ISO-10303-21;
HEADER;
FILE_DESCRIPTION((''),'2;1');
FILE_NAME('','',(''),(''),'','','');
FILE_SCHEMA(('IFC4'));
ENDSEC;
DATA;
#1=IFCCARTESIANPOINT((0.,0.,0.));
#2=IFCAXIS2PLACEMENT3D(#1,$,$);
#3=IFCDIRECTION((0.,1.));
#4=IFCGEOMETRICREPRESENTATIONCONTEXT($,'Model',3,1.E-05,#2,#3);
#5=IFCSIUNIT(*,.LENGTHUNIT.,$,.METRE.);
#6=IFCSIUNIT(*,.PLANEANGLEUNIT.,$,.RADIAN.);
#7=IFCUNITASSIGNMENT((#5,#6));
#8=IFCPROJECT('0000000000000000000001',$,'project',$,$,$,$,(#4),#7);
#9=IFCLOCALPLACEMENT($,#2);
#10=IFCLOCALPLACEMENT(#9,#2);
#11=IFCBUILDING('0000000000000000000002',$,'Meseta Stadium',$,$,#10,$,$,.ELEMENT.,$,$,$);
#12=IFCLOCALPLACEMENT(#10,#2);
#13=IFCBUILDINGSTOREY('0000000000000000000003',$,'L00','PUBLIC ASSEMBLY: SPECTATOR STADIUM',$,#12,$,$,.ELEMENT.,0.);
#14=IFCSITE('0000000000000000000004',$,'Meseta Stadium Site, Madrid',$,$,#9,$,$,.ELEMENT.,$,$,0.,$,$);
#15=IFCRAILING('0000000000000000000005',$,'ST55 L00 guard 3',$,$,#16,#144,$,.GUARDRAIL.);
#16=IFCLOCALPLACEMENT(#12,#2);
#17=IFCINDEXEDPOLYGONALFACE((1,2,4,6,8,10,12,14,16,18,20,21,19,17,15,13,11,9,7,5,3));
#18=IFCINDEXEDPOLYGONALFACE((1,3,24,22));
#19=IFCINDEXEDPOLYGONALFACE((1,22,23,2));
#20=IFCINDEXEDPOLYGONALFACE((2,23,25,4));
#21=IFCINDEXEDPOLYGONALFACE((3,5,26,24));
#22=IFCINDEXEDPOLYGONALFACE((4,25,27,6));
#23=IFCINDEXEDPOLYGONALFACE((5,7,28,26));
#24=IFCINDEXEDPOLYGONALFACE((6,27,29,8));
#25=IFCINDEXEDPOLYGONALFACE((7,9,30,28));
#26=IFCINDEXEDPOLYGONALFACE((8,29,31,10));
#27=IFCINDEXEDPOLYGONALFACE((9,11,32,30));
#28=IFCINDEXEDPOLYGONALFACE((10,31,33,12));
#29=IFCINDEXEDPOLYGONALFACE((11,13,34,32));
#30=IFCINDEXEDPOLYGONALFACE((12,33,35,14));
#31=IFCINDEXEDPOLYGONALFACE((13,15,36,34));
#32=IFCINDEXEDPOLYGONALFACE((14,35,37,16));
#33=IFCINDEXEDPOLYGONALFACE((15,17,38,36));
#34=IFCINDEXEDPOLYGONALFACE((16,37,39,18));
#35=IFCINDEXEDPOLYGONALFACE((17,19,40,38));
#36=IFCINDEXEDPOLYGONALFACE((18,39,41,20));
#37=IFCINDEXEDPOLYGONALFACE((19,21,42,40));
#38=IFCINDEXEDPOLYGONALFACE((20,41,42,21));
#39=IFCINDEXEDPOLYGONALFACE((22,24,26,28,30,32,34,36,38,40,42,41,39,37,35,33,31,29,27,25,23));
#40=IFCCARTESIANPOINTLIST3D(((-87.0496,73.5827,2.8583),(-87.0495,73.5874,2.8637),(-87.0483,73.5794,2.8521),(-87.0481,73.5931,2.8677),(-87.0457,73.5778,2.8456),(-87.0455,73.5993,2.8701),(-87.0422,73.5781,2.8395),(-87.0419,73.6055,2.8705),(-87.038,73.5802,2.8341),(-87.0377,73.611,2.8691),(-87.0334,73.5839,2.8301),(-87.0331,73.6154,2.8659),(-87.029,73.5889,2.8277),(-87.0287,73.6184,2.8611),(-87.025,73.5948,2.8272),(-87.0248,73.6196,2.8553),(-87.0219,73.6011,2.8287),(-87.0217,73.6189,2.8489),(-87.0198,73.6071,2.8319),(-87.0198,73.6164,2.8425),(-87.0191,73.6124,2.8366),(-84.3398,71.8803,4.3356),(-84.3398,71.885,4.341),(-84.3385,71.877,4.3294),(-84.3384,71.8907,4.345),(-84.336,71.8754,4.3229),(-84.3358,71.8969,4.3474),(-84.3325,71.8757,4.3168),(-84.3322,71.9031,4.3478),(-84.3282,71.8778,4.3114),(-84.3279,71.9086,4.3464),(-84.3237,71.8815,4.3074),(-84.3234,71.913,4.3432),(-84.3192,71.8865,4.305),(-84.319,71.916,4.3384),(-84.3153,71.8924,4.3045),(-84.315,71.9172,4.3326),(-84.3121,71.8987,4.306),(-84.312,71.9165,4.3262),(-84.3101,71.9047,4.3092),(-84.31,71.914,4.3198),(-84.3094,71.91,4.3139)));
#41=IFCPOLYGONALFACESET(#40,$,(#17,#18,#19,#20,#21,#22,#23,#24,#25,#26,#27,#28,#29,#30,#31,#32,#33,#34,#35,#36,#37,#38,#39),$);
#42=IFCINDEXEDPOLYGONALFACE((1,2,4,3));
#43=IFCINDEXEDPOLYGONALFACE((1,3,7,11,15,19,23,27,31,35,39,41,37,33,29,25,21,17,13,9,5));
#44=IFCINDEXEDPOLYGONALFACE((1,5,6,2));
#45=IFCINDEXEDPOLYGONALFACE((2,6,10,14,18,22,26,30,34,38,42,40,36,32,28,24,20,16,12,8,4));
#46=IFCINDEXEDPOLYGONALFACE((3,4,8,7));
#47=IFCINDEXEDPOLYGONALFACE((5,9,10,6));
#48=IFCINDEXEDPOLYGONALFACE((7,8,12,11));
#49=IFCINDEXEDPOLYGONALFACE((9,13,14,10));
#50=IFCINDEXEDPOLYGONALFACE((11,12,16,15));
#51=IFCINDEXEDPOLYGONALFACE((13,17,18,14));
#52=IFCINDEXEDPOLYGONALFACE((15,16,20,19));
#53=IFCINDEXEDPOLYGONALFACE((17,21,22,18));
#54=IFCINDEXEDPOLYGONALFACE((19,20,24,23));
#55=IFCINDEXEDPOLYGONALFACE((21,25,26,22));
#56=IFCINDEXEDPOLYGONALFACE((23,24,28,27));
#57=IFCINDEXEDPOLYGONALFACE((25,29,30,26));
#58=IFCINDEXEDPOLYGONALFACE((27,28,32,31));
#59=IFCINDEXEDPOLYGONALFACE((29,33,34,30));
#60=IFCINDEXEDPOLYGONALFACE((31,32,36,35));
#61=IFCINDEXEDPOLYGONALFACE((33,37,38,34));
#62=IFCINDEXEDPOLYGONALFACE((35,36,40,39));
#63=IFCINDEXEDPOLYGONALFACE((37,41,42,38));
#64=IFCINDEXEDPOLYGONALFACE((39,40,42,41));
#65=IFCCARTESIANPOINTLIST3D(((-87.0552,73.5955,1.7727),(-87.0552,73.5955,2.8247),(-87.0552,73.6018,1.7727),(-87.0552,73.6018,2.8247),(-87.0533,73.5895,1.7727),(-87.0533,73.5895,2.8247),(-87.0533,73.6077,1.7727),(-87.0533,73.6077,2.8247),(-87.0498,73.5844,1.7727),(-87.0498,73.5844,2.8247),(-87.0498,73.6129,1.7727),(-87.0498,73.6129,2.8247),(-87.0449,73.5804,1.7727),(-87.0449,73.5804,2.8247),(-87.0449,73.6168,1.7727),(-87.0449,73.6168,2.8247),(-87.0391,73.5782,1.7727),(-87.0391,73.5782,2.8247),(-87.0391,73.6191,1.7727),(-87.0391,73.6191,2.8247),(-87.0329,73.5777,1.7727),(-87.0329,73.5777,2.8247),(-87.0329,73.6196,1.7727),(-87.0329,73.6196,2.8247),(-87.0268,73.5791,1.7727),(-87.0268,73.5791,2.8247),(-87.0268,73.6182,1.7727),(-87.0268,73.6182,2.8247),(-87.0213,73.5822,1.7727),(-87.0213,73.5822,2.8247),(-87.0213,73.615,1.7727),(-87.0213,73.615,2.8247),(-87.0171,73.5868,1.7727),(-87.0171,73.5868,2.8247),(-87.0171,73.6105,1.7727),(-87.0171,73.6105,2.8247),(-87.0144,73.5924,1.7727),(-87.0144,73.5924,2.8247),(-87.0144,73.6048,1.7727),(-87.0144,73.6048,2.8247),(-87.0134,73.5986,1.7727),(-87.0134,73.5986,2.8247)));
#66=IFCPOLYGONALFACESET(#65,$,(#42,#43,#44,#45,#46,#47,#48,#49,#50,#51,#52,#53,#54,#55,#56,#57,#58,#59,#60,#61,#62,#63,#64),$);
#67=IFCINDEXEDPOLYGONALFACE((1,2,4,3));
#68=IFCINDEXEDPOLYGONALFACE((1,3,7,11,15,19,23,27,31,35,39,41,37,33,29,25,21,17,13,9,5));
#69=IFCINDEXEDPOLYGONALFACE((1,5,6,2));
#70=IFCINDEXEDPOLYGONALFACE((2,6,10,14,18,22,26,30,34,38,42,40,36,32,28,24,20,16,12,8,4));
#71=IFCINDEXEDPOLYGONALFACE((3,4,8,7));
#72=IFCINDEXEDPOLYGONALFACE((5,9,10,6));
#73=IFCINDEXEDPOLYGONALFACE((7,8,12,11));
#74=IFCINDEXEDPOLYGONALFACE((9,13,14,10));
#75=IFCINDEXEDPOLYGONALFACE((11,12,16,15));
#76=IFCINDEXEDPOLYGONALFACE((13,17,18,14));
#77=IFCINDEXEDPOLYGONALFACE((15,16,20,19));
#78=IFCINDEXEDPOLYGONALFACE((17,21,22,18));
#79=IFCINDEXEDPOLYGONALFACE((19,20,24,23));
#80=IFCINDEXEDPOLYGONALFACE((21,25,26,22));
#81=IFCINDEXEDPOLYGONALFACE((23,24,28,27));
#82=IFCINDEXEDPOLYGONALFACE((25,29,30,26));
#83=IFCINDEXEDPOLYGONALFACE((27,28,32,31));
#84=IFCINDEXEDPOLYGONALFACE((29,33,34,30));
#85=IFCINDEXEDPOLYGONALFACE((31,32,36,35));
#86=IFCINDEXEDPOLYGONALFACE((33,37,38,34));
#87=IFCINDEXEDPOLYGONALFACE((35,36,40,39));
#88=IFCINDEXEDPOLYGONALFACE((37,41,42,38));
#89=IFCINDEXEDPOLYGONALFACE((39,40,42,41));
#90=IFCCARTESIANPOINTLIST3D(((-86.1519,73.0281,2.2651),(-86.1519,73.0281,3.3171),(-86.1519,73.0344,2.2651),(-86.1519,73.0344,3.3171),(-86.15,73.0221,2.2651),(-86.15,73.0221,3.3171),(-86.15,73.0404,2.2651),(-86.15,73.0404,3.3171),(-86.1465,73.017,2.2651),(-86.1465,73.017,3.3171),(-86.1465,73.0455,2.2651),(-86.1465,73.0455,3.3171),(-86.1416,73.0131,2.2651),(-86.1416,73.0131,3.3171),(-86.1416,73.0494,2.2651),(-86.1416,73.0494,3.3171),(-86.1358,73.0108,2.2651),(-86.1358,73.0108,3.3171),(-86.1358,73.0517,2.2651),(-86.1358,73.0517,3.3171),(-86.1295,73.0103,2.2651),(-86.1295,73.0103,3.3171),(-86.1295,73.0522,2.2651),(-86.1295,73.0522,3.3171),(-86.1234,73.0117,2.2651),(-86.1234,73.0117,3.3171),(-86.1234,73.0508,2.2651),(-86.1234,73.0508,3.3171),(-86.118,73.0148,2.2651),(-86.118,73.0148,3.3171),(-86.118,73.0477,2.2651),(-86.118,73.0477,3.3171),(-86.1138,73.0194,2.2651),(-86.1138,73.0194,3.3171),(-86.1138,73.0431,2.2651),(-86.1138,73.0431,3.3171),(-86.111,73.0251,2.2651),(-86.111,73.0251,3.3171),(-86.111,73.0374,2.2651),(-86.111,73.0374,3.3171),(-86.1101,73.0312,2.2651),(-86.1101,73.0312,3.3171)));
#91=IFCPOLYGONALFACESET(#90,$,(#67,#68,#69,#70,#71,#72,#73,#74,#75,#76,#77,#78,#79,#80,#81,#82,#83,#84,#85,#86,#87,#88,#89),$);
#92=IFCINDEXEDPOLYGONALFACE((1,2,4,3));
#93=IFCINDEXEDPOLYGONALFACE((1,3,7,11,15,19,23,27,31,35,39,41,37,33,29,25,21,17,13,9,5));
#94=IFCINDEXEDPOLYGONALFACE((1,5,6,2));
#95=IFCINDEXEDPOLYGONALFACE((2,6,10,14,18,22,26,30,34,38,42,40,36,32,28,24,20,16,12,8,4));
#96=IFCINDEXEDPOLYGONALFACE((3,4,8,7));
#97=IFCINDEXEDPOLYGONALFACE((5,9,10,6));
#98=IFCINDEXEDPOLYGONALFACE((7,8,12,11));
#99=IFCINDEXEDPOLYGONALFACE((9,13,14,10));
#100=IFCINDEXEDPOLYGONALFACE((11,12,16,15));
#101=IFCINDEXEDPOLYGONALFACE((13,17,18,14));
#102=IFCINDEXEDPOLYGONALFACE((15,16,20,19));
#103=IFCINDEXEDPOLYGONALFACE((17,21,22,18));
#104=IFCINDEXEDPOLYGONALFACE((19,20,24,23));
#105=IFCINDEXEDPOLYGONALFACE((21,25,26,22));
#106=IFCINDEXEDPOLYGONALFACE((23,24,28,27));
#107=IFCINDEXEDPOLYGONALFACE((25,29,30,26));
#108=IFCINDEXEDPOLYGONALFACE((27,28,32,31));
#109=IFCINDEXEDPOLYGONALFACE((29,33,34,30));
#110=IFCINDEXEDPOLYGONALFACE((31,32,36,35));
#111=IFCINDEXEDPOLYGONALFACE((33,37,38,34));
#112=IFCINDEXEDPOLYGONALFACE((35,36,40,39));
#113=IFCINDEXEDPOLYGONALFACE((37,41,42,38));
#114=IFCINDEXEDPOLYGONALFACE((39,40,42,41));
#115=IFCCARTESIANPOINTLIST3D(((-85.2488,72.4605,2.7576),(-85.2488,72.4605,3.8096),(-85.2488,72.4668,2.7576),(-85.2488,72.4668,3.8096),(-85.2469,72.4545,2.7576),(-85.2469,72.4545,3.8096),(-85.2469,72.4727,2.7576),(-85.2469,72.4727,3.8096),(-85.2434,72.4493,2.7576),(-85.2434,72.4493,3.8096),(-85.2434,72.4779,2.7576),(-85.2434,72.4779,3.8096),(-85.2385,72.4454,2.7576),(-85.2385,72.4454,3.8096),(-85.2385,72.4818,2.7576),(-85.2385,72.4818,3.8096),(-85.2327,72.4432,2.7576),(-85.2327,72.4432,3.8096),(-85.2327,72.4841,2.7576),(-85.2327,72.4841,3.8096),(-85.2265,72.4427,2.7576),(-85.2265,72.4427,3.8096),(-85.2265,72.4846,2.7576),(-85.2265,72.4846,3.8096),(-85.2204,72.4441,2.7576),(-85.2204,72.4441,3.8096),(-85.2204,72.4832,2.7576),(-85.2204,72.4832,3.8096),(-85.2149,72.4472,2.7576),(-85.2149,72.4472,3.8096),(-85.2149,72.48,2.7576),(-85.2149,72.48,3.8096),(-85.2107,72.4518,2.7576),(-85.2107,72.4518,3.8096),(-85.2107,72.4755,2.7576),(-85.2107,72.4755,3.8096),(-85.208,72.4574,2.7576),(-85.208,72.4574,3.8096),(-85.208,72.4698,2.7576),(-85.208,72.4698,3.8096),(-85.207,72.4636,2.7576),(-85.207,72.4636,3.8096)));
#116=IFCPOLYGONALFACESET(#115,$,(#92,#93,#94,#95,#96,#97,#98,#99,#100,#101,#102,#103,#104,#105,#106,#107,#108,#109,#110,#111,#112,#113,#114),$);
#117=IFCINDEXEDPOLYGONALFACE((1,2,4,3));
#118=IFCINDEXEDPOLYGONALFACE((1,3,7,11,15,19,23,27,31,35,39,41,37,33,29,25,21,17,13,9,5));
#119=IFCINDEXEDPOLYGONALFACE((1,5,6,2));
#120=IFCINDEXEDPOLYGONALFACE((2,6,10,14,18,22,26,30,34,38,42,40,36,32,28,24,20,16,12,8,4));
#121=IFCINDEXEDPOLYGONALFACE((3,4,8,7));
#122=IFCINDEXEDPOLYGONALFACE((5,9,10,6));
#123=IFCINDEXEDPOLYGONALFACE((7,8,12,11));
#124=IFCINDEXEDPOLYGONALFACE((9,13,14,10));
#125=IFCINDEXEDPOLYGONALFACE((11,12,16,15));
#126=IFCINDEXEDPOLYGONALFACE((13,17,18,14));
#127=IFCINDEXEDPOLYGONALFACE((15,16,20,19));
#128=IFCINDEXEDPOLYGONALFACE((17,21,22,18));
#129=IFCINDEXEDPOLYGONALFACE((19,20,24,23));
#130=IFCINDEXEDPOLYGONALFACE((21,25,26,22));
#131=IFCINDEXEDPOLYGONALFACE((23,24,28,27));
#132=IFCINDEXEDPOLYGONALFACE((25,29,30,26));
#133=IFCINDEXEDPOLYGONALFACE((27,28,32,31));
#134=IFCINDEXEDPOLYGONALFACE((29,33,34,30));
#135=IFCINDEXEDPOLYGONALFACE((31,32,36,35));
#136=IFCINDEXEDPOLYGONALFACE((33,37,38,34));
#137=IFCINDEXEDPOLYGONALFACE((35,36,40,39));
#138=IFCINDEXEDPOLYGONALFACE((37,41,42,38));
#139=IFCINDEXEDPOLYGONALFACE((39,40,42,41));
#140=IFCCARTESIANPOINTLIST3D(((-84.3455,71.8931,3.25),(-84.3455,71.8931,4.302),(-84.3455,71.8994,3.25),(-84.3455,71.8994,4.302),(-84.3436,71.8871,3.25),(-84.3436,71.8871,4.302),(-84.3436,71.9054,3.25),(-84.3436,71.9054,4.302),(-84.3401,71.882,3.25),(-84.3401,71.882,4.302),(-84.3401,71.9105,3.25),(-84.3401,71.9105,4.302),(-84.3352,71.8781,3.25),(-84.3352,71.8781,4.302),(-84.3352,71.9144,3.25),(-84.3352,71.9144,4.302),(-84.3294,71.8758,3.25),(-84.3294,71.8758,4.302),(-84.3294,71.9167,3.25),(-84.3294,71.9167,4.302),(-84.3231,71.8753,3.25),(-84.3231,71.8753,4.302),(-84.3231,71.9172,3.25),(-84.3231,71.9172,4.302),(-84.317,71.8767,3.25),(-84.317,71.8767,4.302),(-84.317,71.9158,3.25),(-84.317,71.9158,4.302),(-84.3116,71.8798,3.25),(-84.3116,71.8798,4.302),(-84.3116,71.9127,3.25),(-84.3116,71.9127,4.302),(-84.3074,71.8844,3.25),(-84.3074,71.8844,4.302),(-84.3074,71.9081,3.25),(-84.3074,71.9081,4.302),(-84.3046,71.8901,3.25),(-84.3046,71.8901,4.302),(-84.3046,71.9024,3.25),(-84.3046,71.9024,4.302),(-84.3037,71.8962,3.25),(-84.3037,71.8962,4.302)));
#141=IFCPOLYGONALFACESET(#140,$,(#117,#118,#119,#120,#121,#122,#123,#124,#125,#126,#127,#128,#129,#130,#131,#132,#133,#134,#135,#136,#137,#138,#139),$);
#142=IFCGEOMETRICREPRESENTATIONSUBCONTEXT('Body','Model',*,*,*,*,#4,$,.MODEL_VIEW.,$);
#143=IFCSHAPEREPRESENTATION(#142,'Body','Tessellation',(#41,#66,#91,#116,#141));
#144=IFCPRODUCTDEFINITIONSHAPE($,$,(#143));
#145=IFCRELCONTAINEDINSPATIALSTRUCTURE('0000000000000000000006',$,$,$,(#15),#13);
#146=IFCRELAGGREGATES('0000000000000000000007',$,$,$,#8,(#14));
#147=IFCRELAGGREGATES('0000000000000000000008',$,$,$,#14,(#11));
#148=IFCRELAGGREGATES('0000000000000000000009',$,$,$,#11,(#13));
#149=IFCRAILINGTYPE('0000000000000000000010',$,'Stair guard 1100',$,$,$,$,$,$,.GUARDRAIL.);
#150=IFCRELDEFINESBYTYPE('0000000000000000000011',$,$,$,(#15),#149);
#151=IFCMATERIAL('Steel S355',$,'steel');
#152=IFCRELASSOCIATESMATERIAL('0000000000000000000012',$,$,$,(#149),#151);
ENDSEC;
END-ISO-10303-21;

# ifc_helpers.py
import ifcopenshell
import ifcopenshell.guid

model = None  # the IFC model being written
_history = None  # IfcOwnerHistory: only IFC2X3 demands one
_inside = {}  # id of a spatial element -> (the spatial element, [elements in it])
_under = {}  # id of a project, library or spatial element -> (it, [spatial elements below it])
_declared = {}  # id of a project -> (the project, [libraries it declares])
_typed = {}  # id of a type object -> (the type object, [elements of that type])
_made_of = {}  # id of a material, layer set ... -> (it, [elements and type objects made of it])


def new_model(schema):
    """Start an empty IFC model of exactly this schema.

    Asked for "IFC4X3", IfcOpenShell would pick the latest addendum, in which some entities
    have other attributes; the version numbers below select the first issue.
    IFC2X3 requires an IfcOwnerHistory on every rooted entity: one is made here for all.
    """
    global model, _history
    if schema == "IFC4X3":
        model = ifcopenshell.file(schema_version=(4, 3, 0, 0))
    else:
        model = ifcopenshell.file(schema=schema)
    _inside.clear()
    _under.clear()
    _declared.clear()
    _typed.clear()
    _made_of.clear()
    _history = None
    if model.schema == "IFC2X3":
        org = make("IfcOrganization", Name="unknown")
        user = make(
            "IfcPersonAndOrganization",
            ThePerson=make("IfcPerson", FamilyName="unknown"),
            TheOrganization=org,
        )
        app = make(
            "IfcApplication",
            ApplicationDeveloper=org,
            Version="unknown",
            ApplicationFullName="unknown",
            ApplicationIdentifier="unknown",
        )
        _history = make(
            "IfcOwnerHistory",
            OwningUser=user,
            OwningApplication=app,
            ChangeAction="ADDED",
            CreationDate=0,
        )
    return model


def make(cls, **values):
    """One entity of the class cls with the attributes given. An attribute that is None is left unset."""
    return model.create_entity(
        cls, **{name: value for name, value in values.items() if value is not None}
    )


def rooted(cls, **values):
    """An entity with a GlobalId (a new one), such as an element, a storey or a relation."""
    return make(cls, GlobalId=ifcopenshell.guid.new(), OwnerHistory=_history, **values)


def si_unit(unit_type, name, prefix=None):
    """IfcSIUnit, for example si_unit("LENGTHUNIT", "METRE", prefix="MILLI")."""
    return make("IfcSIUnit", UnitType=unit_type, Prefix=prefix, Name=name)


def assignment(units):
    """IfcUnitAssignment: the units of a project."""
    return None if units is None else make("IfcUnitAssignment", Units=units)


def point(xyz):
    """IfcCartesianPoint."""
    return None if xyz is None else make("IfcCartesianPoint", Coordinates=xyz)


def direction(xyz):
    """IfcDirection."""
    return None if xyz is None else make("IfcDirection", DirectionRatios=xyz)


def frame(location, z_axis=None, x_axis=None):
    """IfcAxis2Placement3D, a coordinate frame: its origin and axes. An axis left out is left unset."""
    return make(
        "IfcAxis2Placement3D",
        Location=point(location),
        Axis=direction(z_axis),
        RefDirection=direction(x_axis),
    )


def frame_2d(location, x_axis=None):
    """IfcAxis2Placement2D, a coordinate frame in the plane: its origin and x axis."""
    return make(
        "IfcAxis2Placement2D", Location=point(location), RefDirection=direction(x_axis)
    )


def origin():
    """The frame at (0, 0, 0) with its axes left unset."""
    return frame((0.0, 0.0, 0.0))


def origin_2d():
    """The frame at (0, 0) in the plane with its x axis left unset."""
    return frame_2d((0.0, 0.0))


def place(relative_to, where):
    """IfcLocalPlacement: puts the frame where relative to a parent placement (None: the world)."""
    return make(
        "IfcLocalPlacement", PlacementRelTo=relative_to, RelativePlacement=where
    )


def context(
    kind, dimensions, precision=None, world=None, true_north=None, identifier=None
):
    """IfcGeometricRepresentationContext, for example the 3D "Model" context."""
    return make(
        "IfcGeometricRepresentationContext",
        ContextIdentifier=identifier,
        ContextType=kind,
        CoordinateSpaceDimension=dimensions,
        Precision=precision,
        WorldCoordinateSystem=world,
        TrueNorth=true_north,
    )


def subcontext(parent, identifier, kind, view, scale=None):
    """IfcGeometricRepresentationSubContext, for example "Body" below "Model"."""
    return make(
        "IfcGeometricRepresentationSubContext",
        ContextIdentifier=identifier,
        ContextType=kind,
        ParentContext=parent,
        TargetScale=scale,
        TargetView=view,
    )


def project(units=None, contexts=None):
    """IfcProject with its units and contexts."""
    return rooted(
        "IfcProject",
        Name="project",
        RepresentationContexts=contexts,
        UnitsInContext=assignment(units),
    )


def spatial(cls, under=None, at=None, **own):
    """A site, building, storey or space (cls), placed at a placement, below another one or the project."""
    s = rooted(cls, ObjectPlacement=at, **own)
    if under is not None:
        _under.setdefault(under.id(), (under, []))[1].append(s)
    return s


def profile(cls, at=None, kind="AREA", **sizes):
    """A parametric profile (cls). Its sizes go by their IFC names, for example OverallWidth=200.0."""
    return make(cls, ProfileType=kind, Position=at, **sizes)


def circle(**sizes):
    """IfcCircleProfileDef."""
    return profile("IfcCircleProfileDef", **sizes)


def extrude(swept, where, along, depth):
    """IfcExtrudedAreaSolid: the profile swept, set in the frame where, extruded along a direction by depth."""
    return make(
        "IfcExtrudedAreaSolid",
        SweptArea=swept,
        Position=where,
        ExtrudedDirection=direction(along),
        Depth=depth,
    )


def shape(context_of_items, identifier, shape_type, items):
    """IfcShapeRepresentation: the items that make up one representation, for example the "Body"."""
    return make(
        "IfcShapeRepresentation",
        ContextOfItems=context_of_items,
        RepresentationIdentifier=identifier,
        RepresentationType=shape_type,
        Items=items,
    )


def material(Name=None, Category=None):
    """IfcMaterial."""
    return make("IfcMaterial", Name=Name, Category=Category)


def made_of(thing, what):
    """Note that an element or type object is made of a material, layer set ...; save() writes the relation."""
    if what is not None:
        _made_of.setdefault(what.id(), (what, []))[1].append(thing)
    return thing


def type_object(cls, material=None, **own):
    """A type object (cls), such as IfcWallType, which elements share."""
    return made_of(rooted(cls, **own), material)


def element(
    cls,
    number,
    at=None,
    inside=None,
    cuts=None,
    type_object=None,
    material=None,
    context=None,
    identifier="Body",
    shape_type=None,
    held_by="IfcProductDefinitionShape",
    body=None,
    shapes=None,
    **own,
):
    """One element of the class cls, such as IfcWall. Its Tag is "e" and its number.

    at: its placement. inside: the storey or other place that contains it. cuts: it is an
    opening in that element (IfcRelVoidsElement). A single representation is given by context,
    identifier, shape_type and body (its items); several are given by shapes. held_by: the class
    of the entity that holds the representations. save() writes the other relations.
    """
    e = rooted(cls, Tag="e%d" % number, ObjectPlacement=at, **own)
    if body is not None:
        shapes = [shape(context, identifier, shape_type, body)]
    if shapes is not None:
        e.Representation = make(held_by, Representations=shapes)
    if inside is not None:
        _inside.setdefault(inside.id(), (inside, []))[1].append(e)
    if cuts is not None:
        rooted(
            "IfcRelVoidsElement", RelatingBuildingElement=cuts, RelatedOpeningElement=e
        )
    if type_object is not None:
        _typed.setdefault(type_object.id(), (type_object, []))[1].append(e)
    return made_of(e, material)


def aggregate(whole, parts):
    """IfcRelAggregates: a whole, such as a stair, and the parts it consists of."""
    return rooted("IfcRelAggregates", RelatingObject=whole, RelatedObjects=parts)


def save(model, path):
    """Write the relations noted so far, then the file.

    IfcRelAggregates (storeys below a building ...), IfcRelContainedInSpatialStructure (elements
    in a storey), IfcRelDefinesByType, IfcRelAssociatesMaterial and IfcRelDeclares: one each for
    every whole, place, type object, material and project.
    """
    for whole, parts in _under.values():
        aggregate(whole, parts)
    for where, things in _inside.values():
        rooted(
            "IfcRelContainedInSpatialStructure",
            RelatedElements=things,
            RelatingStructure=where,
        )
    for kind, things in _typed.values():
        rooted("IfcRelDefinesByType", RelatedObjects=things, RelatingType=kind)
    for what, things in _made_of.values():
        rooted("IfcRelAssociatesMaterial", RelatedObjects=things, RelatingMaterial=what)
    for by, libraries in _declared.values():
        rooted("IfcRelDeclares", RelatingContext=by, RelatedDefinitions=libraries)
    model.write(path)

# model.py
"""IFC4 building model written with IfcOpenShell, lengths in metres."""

from ifc_helpers import new_model, si_unit, direction, frame, origin, origin_2d, place, context, subcontext, project, spatial, circle, extrude, material, type_object, element, save


model = new_model("IFC4")

# Units and contexts
model_context = context("Model", 3, precision=1e-05, world=origin(), true_north=direction((0.0, 1.0)))
body_context = subcontext(model_context, "Body", "Model", "MODEL_VIEW")
ifc_project = project(units=[si_unit("LENGTHUNIT", "METRE"), si_unit("PLANEANGLEUNIT", "RADIAN")], contexts=[model_context])

# Site, building, storey
site_placement = place(None, origin())
site = spatial("IfcSite", under=ifc_project, at=site_placement, Name="Meseta Stadium Site, Madrid", CompositionType="ELEMENT", RefElevation=0.0)
building_placement = place(site_placement, origin())
building = spatial("IfcBuilding", under=site, at=building_placement, Name="Meseta Stadium", CompositionType="ELEMENT")
storey_placement = place(building_placement, origin())
storey = spatial("IfcBuildingStorey", under=building, at=storey_placement, Name="L00", Description="PUBLIC ASSEMBLY: SPECTATOR STADIUM", CompositionType="ELEMENT", Elevation=0.0)

# Railing
ifc_material_1 = material(Name="Steel S355", Category="steel")
railing_type_1 = type_object("IfcRailingType", Name="Stair guard 1100", PredefinedType="GUARDRAIL", material=ifc_material_1)
railing_1_placement = place(storey_placement, frame((-87.0344, 73.5986, 1.7727)))
element("IfcRailing", 1, at=railing_1_placement, inside=storey, type_object=railing_type_1, Name="ST55 L00 guard 3", PredefinedType="GUARDRAIL", context=body_context, shape_type="SweptSolid", body=[
    extrude(circle(Radius=0.0239, at=origin_2d()), frame((0.0, 0.0, 1.0762), z_axis=(0.768792, -0.482997, 0.419133), x_axis=(0.531979, 0.846757, 0.0)), (0.0, 0.0, 1.0), 3.5247),
    extrude(circle(Radius=0.021, at=origin_2d()), origin(), (0.0, 0.0, 1.0), 1.052),
    extrude(circle(Radius=0.021, at=origin_2d()), frame((0.9033, -0.5674, 0.4924)), (0.0, 0.0, 1.0), 1.052),
    extrude(circle(Radius=0.021, at=origin_2d()), frame((1.8064, -1.135, 0.9849)), (0.0, 0.0, 1.0), 1.052),
    extrude(circle(Radius=0.021, at=origin_2d()), frame((2.7097, -1.7024, 1.4773)), (0.0, 0.0, 1.0), 1.052),
])

save(model, "model.ifc")
